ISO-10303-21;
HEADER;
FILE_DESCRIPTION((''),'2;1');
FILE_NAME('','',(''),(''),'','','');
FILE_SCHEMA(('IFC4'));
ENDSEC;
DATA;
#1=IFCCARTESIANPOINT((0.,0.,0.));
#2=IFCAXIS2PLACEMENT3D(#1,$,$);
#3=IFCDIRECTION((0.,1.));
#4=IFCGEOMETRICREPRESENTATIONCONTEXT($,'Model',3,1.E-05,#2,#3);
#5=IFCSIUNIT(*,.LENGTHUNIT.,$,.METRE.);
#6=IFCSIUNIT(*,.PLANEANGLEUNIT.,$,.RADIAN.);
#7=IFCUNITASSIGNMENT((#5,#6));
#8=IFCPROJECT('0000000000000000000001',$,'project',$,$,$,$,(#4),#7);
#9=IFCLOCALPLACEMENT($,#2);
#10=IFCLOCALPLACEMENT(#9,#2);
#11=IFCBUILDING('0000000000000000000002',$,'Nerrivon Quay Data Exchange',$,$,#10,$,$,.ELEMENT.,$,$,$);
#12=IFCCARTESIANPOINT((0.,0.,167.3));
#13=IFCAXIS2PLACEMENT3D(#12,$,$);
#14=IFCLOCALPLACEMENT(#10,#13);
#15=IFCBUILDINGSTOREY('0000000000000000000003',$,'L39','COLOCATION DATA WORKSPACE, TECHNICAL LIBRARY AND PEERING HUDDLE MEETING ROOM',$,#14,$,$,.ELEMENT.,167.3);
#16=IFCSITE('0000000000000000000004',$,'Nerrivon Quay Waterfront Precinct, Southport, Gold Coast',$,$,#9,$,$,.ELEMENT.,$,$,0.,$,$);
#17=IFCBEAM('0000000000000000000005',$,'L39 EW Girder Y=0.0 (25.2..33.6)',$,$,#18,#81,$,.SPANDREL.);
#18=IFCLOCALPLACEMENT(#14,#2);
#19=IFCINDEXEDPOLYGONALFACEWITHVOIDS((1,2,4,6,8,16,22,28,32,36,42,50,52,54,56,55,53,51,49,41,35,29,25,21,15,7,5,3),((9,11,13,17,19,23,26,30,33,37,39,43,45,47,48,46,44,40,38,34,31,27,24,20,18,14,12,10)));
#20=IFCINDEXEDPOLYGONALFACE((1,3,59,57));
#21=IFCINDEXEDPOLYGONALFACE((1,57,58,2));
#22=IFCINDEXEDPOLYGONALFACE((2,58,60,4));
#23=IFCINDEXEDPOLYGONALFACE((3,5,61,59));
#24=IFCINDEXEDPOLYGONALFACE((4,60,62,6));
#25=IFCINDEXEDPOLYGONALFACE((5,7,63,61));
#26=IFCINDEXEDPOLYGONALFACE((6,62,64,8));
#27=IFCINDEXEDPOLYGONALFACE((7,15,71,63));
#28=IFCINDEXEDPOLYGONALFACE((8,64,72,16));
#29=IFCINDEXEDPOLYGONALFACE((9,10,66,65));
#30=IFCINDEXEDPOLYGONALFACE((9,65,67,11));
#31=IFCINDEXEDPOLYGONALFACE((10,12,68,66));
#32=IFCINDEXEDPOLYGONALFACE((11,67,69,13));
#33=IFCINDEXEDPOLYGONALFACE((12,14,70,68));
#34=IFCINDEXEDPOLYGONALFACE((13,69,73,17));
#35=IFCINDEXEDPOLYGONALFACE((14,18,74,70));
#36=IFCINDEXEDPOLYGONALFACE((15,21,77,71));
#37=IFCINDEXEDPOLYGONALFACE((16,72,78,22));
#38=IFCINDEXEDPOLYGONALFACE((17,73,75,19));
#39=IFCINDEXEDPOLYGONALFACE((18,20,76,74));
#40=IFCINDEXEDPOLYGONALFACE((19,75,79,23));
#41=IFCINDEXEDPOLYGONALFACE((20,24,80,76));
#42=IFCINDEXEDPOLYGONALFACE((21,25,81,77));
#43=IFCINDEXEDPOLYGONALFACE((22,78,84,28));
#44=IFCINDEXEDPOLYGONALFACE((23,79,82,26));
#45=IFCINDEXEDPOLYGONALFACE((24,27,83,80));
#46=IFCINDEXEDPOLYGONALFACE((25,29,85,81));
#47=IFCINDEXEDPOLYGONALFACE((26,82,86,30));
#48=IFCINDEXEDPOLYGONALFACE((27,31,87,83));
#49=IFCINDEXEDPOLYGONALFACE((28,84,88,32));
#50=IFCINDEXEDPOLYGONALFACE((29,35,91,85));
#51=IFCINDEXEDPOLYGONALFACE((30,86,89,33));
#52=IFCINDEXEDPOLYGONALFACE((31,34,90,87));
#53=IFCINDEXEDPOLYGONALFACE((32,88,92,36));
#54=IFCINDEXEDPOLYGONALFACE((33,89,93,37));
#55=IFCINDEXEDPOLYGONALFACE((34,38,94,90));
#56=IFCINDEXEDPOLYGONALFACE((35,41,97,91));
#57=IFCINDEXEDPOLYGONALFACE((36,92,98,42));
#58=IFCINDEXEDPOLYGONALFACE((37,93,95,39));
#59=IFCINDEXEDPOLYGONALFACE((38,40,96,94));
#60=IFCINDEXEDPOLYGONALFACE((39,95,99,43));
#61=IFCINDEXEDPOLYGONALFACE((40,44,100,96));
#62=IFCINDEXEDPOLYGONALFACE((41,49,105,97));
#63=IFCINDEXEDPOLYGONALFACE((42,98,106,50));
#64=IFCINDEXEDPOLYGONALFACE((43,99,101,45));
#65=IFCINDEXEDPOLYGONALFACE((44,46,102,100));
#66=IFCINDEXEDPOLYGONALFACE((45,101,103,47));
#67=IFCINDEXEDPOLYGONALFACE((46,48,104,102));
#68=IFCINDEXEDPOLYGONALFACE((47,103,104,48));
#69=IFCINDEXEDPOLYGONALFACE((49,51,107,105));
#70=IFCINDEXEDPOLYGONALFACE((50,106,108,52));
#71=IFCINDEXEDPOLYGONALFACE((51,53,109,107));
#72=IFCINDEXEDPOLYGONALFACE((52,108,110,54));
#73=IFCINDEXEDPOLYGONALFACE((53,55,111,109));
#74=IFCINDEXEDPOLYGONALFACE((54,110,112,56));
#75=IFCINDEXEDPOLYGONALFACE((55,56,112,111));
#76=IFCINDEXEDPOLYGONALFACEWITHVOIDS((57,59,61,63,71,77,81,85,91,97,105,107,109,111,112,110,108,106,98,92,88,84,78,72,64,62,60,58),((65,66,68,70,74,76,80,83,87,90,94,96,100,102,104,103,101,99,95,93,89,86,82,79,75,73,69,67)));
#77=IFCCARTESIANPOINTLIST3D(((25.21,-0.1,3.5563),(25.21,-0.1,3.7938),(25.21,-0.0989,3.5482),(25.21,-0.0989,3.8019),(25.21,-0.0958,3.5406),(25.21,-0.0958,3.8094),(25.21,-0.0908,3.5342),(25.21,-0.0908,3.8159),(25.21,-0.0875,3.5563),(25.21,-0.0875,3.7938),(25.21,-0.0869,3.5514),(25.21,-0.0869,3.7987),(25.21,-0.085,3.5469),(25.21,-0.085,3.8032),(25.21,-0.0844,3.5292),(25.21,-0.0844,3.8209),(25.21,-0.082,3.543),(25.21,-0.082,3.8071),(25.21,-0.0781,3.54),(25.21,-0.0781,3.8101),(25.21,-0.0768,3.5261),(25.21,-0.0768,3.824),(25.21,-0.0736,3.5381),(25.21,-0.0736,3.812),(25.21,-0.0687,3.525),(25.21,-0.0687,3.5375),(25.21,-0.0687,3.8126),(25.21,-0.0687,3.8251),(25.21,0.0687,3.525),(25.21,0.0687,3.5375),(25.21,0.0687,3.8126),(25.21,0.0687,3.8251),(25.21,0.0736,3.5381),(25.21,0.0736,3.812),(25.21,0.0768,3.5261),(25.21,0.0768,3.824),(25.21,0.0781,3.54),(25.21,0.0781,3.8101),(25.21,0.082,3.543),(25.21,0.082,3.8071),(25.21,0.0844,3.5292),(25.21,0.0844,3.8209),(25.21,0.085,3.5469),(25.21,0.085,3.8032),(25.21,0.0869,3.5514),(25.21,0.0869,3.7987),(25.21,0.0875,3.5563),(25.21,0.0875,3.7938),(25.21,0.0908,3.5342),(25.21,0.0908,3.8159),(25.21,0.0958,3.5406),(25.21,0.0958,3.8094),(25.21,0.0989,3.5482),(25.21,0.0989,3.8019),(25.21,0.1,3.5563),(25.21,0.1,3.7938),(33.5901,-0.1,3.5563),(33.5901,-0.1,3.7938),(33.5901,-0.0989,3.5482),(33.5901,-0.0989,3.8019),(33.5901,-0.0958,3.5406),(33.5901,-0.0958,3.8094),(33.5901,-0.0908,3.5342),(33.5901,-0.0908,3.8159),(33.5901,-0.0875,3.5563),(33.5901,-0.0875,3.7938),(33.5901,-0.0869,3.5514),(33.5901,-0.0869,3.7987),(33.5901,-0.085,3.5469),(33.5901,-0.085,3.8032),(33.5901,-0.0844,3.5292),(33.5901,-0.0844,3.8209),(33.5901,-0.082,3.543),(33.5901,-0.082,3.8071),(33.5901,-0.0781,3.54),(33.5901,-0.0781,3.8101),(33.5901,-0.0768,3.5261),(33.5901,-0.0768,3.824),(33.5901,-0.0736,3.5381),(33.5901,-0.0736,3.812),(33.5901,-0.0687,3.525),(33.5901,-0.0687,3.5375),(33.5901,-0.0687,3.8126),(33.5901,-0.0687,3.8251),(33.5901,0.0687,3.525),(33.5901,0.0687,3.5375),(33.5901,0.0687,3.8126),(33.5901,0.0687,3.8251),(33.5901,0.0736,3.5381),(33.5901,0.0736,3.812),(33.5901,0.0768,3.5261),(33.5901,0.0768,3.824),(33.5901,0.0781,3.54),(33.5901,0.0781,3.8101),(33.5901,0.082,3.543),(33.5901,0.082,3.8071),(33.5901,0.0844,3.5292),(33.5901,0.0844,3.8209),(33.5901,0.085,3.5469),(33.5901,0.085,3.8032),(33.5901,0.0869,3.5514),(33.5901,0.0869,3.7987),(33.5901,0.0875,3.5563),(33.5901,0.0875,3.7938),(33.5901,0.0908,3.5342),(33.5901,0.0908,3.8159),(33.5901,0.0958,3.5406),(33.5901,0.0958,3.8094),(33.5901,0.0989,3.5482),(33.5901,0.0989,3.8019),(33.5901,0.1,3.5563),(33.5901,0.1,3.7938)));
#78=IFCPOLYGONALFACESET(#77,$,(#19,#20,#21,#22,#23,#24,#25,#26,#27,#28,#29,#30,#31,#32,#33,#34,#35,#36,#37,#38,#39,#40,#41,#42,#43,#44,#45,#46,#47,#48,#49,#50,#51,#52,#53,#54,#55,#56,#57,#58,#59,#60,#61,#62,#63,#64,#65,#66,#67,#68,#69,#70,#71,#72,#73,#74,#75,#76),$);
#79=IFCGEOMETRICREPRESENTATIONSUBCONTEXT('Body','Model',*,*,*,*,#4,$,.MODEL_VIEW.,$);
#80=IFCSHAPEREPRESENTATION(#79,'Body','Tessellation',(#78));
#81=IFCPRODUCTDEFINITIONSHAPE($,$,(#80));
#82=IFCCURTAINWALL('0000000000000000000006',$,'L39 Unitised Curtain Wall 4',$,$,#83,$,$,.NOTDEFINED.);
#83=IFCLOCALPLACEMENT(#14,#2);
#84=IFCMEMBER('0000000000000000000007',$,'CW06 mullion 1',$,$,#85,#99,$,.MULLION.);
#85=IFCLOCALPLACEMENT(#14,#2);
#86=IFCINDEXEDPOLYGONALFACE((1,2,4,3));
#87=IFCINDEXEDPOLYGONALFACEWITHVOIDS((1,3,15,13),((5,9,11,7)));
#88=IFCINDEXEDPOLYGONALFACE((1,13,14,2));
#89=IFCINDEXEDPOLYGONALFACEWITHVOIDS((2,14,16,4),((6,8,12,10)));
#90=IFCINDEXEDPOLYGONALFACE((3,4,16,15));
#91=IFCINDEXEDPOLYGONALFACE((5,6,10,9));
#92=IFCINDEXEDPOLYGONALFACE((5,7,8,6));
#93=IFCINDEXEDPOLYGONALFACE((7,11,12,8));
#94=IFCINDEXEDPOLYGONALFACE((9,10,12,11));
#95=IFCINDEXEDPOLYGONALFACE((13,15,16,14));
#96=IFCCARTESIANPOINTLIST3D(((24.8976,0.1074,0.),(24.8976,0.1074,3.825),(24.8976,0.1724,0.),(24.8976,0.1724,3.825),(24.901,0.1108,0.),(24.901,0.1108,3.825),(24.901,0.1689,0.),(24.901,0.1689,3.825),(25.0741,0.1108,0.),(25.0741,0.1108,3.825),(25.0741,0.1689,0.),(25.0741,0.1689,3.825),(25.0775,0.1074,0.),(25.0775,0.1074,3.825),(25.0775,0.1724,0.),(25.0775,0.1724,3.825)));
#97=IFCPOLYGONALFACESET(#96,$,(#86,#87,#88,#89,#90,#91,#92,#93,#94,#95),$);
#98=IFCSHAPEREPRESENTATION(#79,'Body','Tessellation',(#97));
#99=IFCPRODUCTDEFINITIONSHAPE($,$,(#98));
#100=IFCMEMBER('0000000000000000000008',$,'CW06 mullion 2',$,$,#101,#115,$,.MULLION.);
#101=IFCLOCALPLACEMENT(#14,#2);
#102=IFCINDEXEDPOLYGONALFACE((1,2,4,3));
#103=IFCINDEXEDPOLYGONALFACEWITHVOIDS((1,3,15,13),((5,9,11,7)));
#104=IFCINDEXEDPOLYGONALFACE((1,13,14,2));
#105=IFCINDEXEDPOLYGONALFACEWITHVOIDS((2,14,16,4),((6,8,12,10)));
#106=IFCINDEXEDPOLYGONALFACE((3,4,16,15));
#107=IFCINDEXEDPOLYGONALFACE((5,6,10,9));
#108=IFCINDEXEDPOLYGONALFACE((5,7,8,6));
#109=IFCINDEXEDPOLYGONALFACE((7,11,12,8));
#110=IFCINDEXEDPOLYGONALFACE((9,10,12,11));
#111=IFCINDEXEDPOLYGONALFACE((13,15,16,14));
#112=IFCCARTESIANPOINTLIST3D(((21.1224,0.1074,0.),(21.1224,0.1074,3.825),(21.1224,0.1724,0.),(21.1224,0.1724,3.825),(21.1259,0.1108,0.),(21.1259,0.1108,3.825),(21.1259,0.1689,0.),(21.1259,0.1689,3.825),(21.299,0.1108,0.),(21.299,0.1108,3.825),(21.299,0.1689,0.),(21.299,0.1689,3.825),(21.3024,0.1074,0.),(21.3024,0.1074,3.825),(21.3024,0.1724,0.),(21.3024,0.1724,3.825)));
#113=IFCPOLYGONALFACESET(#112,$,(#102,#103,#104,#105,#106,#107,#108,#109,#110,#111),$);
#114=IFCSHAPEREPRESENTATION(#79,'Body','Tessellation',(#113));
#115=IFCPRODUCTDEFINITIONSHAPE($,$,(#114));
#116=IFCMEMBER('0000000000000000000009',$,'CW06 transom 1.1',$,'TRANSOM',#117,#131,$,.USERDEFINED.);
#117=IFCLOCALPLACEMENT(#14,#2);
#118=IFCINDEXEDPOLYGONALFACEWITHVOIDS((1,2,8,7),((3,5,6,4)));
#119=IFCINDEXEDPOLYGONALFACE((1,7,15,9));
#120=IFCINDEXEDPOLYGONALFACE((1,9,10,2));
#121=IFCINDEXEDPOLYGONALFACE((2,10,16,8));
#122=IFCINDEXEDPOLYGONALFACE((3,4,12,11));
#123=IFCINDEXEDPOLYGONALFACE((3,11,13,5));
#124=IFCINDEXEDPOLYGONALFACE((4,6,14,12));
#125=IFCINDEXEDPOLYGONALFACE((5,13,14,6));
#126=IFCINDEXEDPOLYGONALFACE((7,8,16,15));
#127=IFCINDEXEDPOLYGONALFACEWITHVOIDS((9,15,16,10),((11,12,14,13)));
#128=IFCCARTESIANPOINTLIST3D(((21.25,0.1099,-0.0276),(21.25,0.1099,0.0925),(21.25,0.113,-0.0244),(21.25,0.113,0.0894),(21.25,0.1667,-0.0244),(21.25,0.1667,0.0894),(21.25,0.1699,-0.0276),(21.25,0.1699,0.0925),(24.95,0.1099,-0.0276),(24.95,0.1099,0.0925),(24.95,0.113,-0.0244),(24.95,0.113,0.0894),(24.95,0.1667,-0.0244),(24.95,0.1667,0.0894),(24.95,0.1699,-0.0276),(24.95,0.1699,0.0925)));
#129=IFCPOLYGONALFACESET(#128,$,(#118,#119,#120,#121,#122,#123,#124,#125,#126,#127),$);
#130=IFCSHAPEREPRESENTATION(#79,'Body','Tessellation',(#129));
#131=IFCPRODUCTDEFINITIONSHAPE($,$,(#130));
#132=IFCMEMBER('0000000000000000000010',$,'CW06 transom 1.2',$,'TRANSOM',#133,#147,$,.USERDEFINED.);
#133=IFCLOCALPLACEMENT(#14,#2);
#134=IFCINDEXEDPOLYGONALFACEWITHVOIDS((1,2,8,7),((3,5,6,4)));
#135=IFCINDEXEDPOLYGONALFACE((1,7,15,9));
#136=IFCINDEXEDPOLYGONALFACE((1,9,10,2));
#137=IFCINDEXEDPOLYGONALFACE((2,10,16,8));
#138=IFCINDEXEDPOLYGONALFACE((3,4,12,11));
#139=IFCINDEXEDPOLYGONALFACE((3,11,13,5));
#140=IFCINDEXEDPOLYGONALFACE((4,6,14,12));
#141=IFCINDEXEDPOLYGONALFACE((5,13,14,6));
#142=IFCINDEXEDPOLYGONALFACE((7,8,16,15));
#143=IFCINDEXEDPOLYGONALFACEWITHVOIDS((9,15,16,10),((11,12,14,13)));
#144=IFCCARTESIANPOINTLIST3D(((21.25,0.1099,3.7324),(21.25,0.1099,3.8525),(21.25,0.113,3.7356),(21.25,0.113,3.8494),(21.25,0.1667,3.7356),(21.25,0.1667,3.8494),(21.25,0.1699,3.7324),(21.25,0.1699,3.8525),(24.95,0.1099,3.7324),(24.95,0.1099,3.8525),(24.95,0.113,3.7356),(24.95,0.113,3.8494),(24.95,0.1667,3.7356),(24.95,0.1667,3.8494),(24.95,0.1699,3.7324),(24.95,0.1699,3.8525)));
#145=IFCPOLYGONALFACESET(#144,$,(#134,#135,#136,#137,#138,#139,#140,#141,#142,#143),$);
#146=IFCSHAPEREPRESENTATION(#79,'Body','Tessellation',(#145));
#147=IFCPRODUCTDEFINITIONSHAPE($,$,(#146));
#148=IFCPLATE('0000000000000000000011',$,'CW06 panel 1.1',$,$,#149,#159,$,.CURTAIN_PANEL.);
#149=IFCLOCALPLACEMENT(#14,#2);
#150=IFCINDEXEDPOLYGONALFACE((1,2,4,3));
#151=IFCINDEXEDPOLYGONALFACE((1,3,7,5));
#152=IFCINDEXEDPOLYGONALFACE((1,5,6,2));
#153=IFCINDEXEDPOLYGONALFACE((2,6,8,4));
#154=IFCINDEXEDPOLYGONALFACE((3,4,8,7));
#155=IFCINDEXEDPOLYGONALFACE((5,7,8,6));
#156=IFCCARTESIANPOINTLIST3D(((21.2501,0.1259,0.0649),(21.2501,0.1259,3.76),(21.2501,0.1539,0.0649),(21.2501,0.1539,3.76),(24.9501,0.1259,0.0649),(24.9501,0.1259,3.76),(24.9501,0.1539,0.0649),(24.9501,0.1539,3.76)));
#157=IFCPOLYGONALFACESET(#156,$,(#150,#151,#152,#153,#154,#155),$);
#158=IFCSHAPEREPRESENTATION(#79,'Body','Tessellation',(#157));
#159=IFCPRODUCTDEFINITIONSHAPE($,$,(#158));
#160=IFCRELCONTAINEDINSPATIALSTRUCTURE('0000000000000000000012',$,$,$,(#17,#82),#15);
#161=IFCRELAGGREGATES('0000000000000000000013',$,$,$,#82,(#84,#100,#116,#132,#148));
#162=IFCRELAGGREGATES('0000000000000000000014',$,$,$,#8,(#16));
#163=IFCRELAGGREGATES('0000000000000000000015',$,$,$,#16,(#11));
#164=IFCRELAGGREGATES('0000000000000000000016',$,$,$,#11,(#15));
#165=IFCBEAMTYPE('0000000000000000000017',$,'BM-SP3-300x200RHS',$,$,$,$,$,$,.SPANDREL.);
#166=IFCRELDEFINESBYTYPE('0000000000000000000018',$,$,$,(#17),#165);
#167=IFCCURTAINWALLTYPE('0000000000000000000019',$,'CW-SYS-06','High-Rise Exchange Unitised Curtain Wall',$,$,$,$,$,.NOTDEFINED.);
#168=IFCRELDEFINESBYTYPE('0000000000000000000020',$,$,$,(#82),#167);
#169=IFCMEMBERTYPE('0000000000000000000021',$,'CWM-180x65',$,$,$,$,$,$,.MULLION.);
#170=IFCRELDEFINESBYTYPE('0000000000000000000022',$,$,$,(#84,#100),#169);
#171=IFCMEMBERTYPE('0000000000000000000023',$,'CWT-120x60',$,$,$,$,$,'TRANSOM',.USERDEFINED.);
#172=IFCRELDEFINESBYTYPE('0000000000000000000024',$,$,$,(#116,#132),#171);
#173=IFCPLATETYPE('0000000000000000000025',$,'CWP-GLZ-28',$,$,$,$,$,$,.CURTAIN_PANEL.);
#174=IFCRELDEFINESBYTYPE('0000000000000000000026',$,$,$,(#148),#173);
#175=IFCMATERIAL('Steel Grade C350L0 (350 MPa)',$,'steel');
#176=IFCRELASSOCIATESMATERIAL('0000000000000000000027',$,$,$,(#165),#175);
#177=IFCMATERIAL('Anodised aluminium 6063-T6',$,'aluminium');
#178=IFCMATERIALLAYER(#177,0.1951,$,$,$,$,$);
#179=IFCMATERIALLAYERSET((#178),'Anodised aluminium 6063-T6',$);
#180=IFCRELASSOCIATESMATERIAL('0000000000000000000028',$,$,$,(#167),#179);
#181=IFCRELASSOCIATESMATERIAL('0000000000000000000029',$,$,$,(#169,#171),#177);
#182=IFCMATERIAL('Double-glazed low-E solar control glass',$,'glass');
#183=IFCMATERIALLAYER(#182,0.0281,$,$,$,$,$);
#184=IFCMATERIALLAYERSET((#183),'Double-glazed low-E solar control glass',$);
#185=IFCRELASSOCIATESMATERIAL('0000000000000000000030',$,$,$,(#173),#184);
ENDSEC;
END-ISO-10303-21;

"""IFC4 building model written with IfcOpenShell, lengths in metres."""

from ifc_helpers import new_model, si_unit, direction, frame, origin, origin_2d, place, context, subcontext, project, spatial, rectangle, hollow_rectangle, extrude, material, layer, layer_set, material_profile, profile_set, type_object, element, aggregate, save


model = new_model("IFC4")

# Units and contexts
model_context = context("Model", 3, precision=1e-05, world=origin(), true_north=direction((0.0, 1.0)))
body_context = subcontext(model_context, "Body", "Model", "MODEL_VIEW")
ifc_project = project(units=[si_unit("LENGTHUNIT", "METRE"), si_unit("PLANEANGLEUNIT", "RADIAN")], contexts=[model_context])

# Site, building, storey
site_placement = place(None, origin())
site = spatial("IfcSite", under=ifc_project, at=site_placement, Name="Nerrivon Quay Waterfront Precinct, Southport, Gold Coast", CompositionType="ELEMENT", RefElevation=0.0)
building_placement = place(site_placement, origin())
building = spatial("IfcBuilding", under=site, at=building_placement, Name="Nerrivon Quay Data Exchange", CompositionType="ELEMENT")
storey_placement = place(building_placement, frame((0.0, 0.0, 167.3)))
storey = spatial("IfcBuildingStorey", under=building, at=storey_placement, Name="L39", Description="COLOCATION DATA WORKSPACE, TECHNICAL LIBRARY AND PEERING HUDDLE MEETING ROOM", CompositionType="ELEMENT", Elevation=167.3)

# Beam
ifc_material_1 = material(Name="Steel Grade C350L0 (350 MPa)", Category="steel")
ifc_material_profile_1 = material_profile(ifc_material_1, hollow_rectangle(XDim=0.2, YDim=0.3, WallThickness=0.0125, InnerFilletRadius=0.0188, OuterFilletRadius=0.0312, at=origin_2d()), Name="300x200x12.5RHS")
ifc_profile_set_1 = profile_set([ifc_material_profile_1], Name="Steel Grade C350L0 (350 MPa)")
beam_type_1 = type_object("IfcBeamType", Name="BM-SP3-300x200RHS", PredefinedType="SPANDREL", material=ifc_profile_set_1)
beam_1_placement = place(storey_placement, frame((25.21, 0.0, 3.675), z_axis=(1.0, 0.0, 0.0), x_axis=(0.0, 1.0, 0.0)))
element("IfcBeam", 1, at=beam_1_placement, inside=storey, type_object=beam_type_1, Name="L39 EW Girder Y=0.0 (25.2..33.6)", PredefinedType="SPANDREL", context=body_context, shape_type="SweptSolid", body=[
    extrude(hollow_rectangle(XDim=0.2, YDim=0.3, WallThickness=0.0125, InnerFilletRadius=0.0188, OuterFilletRadius=0.0312, at=origin_2d()), origin(), (0.0, 0.0, 1.0), 8.3801),
])

# Curtain wall, members, plate
ifc_material_2 = material(Name="Anodised aluminium 6063-T6", Category="aluminium")
ifc_layer_1 = layer(ifc_material_2, 0.1951)
ifc_layer_set_1 = layer_set([ifc_layer_1], Name="Anodised aluminium 6063-T6")
curtain_wall_type = type_object("IfcCurtainWallType", Name="CW-SYS-06", Description="High-Rise Exchange Unitised Curtain Wall", PredefinedType="NOTDEFINED", material=ifc_layer_set_1)
curtain_wall_placement = place(storey_placement, origin())
curtain_wall = element("IfcCurtainWall", 2, at=curtain_wall_placement, inside=storey, type_object=curtain_wall_type, Name="L39 Unitised Curtain Wall 4", PredefinedType="NOTDEFINED")
ifc_material_profile_2 = material_profile(ifc_material_2, hollow_rectangle(XDim=0.0649, YDim=0.1799, WallThickness=0.0034, at=origin_2d()), Name="ALU-MULL-180x65")
ifc_profile_set_2 = profile_set([ifc_material_profile_2], Name="Anodised aluminium 6063-T6")
member_type_1 = type_object("IfcMemberType", Name="CWM-180x65", PredefinedType="MULLION", material=ifc_profile_set_2)
member_1_placement = place(storey_placement, frame((24.9875, 0.1399, 0.0), z_axis=(0.0, 0.0, 1.0), x_axis=(0.0, -1.0, 0.0)))
member_1 = element("IfcMember", 3, at=member_1_placement, type_object=member_type_1, Name="CW06 mullion 1", PredefinedType="MULLION", context=body_context, shape_type="SweptSolid", body=[
    extrude(hollow_rectangle(XDim=0.0649, YDim=0.1799, WallThickness=0.0034, at=origin_2d()), origin(), (0.0, 0.0, 1.0), 3.825),
])
member_2_placement = place(storey_placement, frame((21.2124, 0.1399, 0.0), z_axis=(0.0, 0.0, 1.0), x_axis=(0.0, -1.0, 0.0)))
member_2 = element("IfcMember", 4, at=member_2_placement, type_object=member_type_1, Name="CW06 mullion 2", PredefinedType="MULLION", context=body_context, shape_type="SweptSolid", body=[
    extrude(hollow_rectangle(XDim=0.0649, YDim=0.1799, WallThickness=0.0034, at=origin_2d()), origin(), (0.0, 0.0, 1.0), 3.825),
])
ifc_material_profile_3 = material_profile(ifc_material_2, hollow_rectangle(XDim=0.0601, YDim=0.1201, WallThickness=0.0032, at=origin_2d()), Name="ALU-TRAN-120x60")
ifc_profile_set_3 = profile_set([ifc_material_profile_3], Name="Anodised aluminium 6063-T6")
member_type_2 = type_object("IfcMemberType", Name="CWT-120x60", ElementType="TRANSOM", PredefinedType="USERDEFINED", material=ifc_profile_set_3)
member_3_placement = place(storey_placement, frame((24.95, 0.1399, 0.0325), z_axis=(-1.0, 0.0, 0.0), x_axis=(0.0, -1.0, 0.0)))
member_3 = element("IfcMember", 5, at=member_3_placement, type_object=member_type_2, Name="CW06 transom 1.1", ObjectType="TRANSOM", PredefinedType="USERDEFINED", context=body_context, shape_type="SweptSolid", body=[
    extrude(hollow_rectangle(XDim=0.0601, YDim=0.1201, WallThickness=0.0032, at=origin_2d()), origin(), (0.0, 0.0, 1.0), 3.7),
])
member_4_placement = place(storey_placement, frame((24.95, 0.1399, 3.7925), z_axis=(-1.0, 0.0, 0.0), x_axis=(0.0, -1.0, 0.0)))
member_4 = element("IfcMember", 6, at=member_4_placement, type_object=member_type_2, Name="CW06 transom 1.2", ObjectType="TRANSOM", PredefinedType="USERDEFINED", context=body_context, shape_type="SweptSolid", body=[
    extrude(hollow_rectangle(XDim=0.0601, YDim=0.1201, WallThickness=0.0032, at=origin_2d()), origin(), (0.0, 0.0, 1.0), 3.7),
])
ifc_material_3 = material(Name="Double-glazed low-E solar control glass", Category="glass")
ifc_layer_2 = layer(ifc_material_3, 0.0281)
ifc_layer_set_2 = layer_set([ifc_layer_2], Name="Double-glazed low-E solar control glass")
plate_type = type_object("IfcPlateType", Name="CWP-GLZ-28", PredefinedType="CURTAIN_PANEL", material=ifc_layer_set_2)
plate_placement = place(storey_placement, frame((23.1001, 0.1399, 0.0649), z_axis=(0.0, 0.0, 1.0), x_axis=(-1.0, 0.0, 0.0)))
plate = element("IfcPlate", 7, at=plate_placement, type_object=plate_type, Name="CW06 panel 1.1", PredefinedType="CURTAIN_PANEL", context=body_context, shape_type="SweptSolid", body=[
    extrude(rectangle(XDim=3.7, YDim=0.0281, at=origin_2d()), origin(), (0.0, 0.0, 1.0), 3.6951),
])
aggregate(curtain_wall, [member_1, member_2, member_3, member_4, plate])

save(model, "model.ifc")
